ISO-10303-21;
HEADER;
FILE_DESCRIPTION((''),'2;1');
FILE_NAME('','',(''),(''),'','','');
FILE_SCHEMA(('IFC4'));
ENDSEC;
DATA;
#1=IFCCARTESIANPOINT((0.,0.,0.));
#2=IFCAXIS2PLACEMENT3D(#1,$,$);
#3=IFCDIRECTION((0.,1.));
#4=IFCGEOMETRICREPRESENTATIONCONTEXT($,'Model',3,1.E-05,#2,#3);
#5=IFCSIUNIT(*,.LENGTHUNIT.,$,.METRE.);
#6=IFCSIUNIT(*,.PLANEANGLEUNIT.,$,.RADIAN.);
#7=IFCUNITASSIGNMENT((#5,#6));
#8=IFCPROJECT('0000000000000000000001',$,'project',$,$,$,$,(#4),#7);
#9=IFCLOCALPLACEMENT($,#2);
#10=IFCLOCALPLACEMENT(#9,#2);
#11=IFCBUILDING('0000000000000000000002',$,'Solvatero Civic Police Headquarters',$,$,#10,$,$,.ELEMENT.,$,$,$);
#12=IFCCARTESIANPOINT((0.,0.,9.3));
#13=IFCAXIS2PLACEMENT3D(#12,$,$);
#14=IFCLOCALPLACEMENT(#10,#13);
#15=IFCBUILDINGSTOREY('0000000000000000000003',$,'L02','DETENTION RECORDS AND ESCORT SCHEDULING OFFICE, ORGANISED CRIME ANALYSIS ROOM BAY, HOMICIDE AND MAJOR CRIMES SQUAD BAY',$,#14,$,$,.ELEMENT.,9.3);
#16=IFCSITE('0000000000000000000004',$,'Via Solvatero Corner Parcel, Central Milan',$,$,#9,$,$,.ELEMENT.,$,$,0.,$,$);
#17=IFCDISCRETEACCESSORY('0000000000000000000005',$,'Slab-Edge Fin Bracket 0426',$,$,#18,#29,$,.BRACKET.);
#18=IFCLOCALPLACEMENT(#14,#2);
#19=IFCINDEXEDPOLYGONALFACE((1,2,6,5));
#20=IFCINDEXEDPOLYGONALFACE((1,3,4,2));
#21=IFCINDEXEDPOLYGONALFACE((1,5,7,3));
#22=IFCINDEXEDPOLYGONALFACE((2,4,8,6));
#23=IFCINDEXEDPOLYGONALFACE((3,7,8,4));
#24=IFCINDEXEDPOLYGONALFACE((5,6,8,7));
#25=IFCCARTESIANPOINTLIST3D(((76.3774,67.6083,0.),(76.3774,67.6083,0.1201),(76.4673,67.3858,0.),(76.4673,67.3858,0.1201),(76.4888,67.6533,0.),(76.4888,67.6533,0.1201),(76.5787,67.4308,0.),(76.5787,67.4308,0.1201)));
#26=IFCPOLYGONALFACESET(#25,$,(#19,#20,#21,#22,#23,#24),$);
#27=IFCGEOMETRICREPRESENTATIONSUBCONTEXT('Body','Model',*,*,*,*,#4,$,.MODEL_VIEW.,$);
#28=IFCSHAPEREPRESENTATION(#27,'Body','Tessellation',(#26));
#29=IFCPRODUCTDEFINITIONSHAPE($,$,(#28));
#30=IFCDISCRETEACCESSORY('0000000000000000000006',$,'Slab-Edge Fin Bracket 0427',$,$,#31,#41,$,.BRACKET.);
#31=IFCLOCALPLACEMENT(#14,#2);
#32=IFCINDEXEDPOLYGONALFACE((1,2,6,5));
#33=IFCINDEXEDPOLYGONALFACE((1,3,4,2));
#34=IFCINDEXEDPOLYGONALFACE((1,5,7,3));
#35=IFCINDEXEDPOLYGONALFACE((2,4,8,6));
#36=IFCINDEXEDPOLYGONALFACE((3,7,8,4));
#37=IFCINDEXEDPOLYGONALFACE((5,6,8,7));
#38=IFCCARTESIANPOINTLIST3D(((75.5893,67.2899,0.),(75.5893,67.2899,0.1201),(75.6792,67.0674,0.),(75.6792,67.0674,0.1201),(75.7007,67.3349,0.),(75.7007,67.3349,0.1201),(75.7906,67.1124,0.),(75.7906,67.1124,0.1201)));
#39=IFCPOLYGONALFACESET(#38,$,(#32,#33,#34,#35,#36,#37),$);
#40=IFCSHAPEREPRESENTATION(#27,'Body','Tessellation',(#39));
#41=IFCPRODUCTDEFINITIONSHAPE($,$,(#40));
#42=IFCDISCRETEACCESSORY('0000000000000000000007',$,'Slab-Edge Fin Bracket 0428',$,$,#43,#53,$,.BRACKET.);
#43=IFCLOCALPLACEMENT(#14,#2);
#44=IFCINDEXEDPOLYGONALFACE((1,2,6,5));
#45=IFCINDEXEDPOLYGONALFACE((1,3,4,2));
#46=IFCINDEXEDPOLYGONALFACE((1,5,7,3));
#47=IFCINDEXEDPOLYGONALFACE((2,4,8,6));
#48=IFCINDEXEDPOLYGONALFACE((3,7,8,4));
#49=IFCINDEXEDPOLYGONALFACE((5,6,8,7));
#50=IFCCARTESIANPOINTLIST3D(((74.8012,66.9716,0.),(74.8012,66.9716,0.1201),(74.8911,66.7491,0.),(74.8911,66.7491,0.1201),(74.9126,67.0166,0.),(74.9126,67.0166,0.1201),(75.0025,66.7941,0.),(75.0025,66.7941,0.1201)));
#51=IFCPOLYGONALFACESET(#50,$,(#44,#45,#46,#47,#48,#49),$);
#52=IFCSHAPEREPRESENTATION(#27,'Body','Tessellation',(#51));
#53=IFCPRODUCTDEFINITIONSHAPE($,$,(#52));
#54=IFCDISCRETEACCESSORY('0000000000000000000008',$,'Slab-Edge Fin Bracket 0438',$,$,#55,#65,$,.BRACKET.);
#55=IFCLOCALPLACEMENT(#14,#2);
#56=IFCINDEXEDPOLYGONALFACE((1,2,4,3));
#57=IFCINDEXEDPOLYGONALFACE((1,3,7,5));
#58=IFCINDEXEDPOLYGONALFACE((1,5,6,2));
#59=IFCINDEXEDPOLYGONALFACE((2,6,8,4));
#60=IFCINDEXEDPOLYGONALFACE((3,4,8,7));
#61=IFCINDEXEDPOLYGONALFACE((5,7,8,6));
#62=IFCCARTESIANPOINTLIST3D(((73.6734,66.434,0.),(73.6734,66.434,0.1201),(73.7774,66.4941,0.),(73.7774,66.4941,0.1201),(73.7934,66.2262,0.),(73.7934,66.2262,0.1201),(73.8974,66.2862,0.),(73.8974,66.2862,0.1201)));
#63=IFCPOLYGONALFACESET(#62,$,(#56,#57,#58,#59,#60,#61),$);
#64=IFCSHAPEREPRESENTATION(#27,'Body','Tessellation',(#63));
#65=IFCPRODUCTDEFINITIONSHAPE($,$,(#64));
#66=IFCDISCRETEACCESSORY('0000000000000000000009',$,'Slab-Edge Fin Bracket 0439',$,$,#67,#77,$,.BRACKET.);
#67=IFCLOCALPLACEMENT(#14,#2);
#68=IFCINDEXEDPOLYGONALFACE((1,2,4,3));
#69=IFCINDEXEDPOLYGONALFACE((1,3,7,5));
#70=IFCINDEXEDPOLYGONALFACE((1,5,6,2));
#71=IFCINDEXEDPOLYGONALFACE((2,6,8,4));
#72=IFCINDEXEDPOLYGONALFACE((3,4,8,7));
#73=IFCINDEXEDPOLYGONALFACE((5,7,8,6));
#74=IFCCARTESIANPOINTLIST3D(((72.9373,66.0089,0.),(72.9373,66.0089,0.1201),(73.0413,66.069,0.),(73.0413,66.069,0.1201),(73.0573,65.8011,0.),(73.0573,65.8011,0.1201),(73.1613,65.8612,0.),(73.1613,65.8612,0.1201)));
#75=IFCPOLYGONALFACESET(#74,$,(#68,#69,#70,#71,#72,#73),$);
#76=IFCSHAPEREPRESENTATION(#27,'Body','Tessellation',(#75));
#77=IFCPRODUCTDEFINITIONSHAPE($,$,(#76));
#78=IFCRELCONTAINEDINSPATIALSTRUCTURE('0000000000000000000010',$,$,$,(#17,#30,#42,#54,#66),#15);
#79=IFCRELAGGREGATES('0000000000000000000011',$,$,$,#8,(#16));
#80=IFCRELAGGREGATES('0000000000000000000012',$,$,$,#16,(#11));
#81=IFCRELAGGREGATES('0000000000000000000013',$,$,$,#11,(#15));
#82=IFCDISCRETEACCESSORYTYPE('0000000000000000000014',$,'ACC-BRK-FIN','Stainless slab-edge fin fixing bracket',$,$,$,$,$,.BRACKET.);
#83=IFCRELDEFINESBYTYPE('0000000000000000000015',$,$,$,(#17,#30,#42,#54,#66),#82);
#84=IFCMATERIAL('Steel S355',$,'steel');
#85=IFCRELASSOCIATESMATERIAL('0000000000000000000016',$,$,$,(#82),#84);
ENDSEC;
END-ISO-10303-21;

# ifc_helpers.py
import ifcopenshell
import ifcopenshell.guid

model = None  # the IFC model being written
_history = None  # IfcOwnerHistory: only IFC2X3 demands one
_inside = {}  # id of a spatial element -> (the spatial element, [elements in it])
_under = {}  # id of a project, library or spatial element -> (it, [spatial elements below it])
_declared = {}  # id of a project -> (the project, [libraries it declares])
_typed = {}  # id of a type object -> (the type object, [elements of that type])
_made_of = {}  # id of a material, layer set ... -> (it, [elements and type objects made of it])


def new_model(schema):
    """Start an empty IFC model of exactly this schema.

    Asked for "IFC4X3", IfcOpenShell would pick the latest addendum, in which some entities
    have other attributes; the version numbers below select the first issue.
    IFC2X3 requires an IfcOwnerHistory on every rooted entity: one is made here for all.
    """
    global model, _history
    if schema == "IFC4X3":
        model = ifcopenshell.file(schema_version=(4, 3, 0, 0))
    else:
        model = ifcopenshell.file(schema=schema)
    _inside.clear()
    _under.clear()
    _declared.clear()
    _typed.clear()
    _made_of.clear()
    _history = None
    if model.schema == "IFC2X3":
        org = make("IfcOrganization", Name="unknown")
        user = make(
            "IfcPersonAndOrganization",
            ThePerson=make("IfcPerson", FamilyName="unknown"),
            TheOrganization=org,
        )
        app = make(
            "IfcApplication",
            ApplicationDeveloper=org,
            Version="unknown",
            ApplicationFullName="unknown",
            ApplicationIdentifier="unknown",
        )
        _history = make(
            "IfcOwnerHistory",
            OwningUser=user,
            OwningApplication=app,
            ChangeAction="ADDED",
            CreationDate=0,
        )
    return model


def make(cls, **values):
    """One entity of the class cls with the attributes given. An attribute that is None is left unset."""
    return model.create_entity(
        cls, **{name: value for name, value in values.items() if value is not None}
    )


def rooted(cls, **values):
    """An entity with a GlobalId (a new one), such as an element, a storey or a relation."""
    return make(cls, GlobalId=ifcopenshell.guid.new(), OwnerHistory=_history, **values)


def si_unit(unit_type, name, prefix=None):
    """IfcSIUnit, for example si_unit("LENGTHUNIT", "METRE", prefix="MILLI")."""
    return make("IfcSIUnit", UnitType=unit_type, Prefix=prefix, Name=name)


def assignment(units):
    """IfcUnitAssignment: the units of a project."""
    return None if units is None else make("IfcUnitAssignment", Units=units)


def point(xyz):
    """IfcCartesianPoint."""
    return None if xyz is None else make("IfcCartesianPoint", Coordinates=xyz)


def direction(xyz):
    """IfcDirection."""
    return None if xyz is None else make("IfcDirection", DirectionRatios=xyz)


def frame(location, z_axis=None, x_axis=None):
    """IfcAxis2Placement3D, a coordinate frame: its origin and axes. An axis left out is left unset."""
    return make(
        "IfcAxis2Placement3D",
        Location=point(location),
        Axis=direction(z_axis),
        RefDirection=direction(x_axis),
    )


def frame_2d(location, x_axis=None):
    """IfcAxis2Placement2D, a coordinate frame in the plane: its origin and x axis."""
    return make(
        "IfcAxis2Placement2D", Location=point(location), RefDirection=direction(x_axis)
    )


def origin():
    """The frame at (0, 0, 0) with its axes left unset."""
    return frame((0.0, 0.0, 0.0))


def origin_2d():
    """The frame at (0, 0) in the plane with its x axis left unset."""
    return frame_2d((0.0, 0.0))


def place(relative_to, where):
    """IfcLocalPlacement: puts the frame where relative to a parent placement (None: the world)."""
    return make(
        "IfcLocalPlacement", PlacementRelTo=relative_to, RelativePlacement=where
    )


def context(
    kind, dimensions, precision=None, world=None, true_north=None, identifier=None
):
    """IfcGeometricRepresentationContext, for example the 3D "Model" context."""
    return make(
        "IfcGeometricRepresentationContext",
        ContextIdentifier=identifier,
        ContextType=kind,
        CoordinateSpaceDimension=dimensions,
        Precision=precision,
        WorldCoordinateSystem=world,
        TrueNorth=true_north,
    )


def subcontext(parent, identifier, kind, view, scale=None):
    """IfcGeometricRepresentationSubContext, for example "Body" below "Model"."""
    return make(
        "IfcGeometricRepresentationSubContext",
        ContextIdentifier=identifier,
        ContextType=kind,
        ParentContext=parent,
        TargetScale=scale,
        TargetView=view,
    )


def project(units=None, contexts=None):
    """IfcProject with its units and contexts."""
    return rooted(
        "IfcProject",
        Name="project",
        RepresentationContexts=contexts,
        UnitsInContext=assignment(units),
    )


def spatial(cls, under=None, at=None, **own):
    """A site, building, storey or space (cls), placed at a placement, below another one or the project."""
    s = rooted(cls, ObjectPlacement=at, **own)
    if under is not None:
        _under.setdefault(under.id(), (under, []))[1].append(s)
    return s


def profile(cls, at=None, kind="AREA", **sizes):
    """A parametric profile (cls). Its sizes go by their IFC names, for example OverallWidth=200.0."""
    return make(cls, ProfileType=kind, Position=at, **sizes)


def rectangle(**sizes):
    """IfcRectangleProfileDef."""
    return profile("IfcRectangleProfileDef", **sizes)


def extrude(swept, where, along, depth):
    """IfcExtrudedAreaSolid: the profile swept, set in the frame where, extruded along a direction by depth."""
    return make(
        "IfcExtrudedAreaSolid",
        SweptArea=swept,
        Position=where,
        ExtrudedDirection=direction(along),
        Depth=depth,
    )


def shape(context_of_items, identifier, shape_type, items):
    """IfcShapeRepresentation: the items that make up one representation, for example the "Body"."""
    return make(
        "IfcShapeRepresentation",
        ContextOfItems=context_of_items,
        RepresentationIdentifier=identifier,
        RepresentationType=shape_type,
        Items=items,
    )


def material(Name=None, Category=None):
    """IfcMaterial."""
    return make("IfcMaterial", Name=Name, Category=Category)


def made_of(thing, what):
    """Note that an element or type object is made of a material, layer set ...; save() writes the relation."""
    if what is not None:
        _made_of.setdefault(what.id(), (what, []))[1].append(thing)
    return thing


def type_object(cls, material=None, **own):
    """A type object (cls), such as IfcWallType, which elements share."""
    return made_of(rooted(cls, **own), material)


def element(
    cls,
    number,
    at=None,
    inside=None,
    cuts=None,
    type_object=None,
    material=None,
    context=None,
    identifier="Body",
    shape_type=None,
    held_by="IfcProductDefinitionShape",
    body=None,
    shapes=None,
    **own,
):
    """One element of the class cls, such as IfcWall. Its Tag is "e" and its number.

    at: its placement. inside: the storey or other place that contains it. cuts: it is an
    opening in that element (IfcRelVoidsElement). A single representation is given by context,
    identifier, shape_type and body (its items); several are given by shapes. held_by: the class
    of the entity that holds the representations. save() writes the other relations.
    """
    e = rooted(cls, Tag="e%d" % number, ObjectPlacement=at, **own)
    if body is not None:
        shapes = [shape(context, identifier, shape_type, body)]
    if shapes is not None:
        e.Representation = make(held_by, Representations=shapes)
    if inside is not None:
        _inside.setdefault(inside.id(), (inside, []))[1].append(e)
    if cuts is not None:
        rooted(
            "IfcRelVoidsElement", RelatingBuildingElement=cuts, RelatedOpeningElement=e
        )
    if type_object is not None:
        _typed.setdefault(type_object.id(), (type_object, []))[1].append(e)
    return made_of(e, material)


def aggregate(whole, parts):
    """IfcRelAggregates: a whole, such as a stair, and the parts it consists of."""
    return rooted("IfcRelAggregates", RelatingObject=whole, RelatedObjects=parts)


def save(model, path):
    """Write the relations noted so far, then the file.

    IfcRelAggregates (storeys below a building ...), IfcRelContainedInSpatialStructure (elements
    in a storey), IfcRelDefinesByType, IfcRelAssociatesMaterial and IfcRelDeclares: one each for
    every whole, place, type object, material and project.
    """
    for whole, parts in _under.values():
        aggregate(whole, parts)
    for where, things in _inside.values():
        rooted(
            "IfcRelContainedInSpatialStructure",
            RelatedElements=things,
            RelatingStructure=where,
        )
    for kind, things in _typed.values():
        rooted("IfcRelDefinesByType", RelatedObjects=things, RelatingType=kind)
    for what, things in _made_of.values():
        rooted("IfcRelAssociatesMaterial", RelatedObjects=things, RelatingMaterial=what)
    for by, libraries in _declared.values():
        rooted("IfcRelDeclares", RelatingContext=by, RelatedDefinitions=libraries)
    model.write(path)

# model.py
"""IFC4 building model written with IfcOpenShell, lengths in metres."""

from ifc_helpers import new_model, si_unit, direction, frame, origin, origin_2d, place, context, subcontext, project, spatial, rectangle, extrude, material, type_object, element, save


model = new_model("IFC4")

# Units and contexts
model_context = context("Model", 3, precision=1e-05, world=origin(), true_north=direction((0.0, 1.0)))
body_context = subcontext(model_context, "Body", "Model", "MODEL_VIEW")
ifc_project = project(units=[si_unit("LENGTHUNIT", "METRE"), si_unit("PLANEANGLEUNIT", "RADIAN")], contexts=[model_context])

# Site, building, storey
site_placement = place(None, origin())
site = spatial("IfcSite", under=ifc_project, at=site_placement, Name="Via Solvatero Corner Parcel, Central Milan", CompositionType="ELEMENT", RefElevation=0.0)
building_placement = place(site_placement, origin())
building = spatial("IfcBuilding", under=site, at=building_placement, Name="Solvatero Civic Police Headquarters", CompositionType="ELEMENT")
storey_placement = place(building_placement, frame((0.0, 0.0, 9.3)))
storey = spatial("IfcBuildingStorey", under=building, at=storey_placement, Name="L02", Description="DETENTION RECORDS AND ESCORT SCHEDULING OFFICE, ORGANISED CRIME ANALYSIS ROOM BAY, HOMICIDE AND MAJOR CRIMES SQUAD BAY", CompositionType="ELEMENT", Elevation=9.3)

# Shared definitions
ifc_material_1 = material(Name="Steel S355", Category="steel")

# Discrete accessories
discrete_accessory_type = type_object("IfcDiscreteAccessoryType", Name="ACC-BRK-FIN", Description="Stainless slab-edge fin fixing bracket", PredefinedType="BRACKET", material=ifc_material_1)
for number, where, z_axis, x_axis, name in (
    (1, (76.478, 67.5195, 0.0), (0.0, 0.0, 1.0), (-0.927184, -0.374607, 0.0), "Slab-Edge Fin Bracket 0426"),
    (2, (75.6899, 67.2012, 0.0), (0.0, 0.0, 1.0), (-0.927184, -0.374607, 0.0), "Slab-Edge Fin Bracket 0427"),
    (3, (74.9019, 66.8828, 0.0), (0.0, 0.0, 1.0), (-0.927184, -0.374607, 0.0), "Slab-Edge Fin Bracket 0428"),
    (4, (73.7854, 66.3601, 0.0), (0.0, 0.0, 1.0), (-0.866025, -0.5, 0.0), "Slab-Edge Fin Bracket 0438"),
    (5, (73.0493, 65.9351, 0.0), (0.0, 0.0, 1.0), (-0.866025, -0.5, 0.0), "Slab-Edge Fin Bracket 0439"),
):
    element("IfcDiscreteAccessory", number, at=place(storey_placement, frame(where, z_axis=z_axis, x_axis=x_axis)), inside=storey, type_object=discrete_accessory_type, Name=name, PredefinedType="BRACKET", context=body_context, shape_type="SweptSolid", body=[
        extrude(rectangle(XDim=0.1201, YDim=0.24, at=origin_2d()), origin(), (0.0, 0.0, 1.0), 0.1201),
    ])

save(model, "model.ifc")
